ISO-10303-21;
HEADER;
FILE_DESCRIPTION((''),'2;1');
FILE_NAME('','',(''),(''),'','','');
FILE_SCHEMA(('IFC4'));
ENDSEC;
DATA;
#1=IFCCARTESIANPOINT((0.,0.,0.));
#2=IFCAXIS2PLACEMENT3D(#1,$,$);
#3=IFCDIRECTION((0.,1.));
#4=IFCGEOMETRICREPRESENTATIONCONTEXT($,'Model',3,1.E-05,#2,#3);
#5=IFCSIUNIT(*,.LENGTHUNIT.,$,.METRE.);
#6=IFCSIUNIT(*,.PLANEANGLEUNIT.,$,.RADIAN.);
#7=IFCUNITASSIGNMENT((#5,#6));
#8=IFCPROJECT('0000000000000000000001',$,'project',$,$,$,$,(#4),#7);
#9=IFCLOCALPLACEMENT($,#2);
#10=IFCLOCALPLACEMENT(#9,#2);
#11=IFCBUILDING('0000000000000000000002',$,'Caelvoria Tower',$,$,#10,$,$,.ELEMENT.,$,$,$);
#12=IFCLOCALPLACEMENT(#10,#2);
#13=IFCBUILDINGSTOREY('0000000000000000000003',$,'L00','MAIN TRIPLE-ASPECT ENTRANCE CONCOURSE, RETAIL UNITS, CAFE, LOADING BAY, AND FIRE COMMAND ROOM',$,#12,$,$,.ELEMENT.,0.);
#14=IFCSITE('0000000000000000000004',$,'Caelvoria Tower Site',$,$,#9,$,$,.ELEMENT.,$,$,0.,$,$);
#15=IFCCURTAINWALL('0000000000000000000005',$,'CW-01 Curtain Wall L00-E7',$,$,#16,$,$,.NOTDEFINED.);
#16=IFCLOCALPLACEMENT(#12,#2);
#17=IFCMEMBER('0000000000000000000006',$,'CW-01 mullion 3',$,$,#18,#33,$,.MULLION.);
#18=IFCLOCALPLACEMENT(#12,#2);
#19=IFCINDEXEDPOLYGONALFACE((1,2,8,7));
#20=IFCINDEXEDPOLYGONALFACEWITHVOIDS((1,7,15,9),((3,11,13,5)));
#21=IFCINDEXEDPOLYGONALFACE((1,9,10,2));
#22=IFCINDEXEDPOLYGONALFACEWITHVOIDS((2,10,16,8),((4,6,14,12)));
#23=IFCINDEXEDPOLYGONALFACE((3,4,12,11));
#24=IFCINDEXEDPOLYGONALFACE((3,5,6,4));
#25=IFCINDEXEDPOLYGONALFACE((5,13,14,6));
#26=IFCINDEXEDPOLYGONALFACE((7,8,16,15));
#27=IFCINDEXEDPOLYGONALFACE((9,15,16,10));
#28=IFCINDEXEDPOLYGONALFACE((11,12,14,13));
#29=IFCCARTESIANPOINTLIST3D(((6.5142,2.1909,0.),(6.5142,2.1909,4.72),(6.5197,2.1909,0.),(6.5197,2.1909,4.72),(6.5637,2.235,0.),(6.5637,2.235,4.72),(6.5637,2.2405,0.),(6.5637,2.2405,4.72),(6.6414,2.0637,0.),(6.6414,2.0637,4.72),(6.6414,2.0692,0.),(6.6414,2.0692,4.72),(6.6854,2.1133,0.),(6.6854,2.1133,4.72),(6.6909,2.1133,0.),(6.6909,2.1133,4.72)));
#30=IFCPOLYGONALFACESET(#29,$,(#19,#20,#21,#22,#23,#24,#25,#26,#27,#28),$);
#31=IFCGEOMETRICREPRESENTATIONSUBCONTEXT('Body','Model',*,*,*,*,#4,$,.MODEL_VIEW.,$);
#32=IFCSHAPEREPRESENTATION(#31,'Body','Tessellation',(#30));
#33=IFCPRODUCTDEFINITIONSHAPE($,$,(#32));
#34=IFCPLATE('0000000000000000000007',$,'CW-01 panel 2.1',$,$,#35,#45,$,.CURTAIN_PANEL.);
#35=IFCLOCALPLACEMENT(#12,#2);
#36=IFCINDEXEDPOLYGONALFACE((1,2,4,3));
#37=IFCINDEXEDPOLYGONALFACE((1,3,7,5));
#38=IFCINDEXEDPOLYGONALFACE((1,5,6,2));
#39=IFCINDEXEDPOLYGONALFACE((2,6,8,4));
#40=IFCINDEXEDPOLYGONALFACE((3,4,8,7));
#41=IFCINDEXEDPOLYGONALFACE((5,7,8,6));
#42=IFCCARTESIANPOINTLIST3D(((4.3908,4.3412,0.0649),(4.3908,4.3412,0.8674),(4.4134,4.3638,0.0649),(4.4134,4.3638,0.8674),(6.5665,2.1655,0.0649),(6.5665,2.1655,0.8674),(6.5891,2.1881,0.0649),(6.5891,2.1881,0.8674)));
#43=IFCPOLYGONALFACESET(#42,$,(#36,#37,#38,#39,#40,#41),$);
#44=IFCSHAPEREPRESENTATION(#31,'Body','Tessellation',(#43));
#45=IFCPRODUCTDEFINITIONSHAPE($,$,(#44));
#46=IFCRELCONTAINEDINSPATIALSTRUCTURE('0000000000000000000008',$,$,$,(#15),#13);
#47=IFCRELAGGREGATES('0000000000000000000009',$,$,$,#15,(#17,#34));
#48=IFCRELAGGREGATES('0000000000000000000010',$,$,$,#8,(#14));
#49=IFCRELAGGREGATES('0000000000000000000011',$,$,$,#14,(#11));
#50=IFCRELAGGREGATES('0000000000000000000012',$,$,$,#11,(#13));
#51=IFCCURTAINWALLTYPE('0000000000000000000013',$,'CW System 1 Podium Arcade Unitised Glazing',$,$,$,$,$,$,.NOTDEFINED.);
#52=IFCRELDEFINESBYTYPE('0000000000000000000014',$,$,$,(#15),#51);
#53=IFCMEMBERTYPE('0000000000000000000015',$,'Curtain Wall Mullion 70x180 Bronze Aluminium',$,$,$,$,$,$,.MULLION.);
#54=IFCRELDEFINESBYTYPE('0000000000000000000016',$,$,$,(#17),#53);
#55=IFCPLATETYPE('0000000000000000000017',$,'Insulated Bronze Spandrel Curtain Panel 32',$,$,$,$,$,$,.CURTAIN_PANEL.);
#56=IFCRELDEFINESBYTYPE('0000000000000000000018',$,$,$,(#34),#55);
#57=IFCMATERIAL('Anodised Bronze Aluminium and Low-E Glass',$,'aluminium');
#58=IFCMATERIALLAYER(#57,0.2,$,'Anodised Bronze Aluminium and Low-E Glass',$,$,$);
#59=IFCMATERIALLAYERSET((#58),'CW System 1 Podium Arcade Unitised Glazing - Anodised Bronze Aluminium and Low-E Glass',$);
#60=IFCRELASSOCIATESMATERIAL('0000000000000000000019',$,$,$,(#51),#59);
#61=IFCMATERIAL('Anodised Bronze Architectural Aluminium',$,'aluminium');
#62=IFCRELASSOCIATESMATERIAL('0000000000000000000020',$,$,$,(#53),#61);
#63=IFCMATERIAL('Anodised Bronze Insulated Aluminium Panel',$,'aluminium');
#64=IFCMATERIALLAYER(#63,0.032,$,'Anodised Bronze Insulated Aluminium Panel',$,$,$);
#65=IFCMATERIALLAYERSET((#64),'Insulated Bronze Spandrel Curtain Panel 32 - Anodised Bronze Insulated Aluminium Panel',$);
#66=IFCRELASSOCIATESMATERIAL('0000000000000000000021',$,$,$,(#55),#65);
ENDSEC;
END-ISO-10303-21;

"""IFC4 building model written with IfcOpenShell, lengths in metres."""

from ifc_helpers import new_model, si_unit, direction, frame, origin, origin_2d, place, context, subcontext, project, spatial, rectangle, hollow_rectangle, extrude, material, layer, layer_set, material_profile, profile_set, type_object, element, aggregate, save


model = new_model("IFC4")

# Units and contexts
model_context = context("Model", 3, precision=1e-05, world=origin(), true_north=direction((0.0, 1.0)))
body_context = subcontext(model_context, "Body", "Model", "MODEL_VIEW")
ifc_project = project(units=[si_unit("LENGTHUNIT", "METRE"), si_unit("PLANEANGLEUNIT", "RADIAN")], contexts=[model_context])

# Site, building, storey
site_placement = place(None, origin())
site = spatial("IfcSite", under=ifc_project, at=site_placement, Name="Caelvoria Tower Site", CompositionType="ELEMENT", RefElevation=0.0)
building_placement = place(site_placement, origin())
building = spatial("IfcBuilding", under=site, at=building_placement, Name="Caelvoria Tower", CompositionType="ELEMENT")
storey_placement = place(building_placement, origin())
storey = spatial("IfcBuildingStorey", under=building, at=storey_placement, Name="L00", Description="MAIN TRIPLE-ASPECT ENTRANCE CONCOURSE, RETAIL UNITS, CAFE, LOADING BAY, AND FIRE COMMAND ROOM", CompositionType="ELEMENT", Elevation=0.0)

# Curtain wall, member, plate
ifc_material_1 = material(Name="Anodised Bronze Aluminium and Low-E Glass", Category="aluminium")
ifc_layer_1 = layer(ifc_material_1, 0.2, Name="Anodised Bronze Aluminium and Low-E Glass")
ifc_layer_set_1 = layer_set([ifc_layer_1], Name="CW System 1 Podium Arcade Unitised Glazing - Anodised Bronze Aluminium and Low-E Glass")
curtain_wall_type = type_object("IfcCurtainWallType", Name="CW System 1 Podium Arcade Unitised Glazing", PredefinedType="NOTDEFINED", material=ifc_layer_set_1)
curtain_wall_placement = place(storey_placement, origin())
curtain_wall = element("IfcCurtainWall", 1, at=curtain_wall_placement, inside=storey, type_object=curtain_wall_type, Name="CW-01 Curtain Wall L00-E7", PredefinedType="NOTDEFINED")
ifc_material_2 = material(Name="Anodised Bronze Architectural Aluminium", Category="aluminium")
ifc_material_profile = material_profile(ifc_material_2, hollow_rectangle(XDim=0.0701, YDim=0.1799, WallThickness=0.0039, at=origin_2d()), Name="Anodised Bronze Architectural Aluminium")
ifc_profile_set = profile_set([ifc_material_profile], Name="CW_MULL_70X180 - Anodised Bronze Architectural Aluminium")
member_type = type_object("IfcMemberType", Name="Curtain Wall Mullion 70x180 Bronze Aluminium", PredefinedType="MULLION", material=ifc_profile_set)
member_placement = place(storey_placement, frame((6.6025, 2.1521, 0.0), z_axis=(0.0, 0.0, 1.0), x_axis=(0.707107, 0.707107, 0.0)))
member = element("IfcMember", 2, at=member_placement, type_object=member_type, Name="CW-01 mullion 3", PredefinedType="MULLION", context=body_context, shape_type="SweptSolid", body=[
    extrude(hollow_rectangle(XDim=0.0701, YDim=0.1799, WallThickness=0.0039, at=origin_2d()), origin(), (0.0, 0.0, 1.0), 4.72),
])
ifc_material_3 = material(Name="Anodised Bronze Insulated Aluminium Panel", Category="aluminium")
ifc_layer_2 = layer(ifc_material_3, 0.032, Name="Anodised Bronze Insulated Aluminium Panel")
ifc_layer_set_2 = layer_set([ifc_layer_2], Name="Insulated Bronze Spandrel Curtain Panel 32 - Anodised Bronze Insulated Aluminium Panel")
plate_type = type_object("IfcPlateType", Name="Insulated Bronze Spandrel Curtain Panel 32", PredefinedType="CURTAIN_PANEL", material=ifc_layer_set_2)
plate_placement = place(storey_placement, frame((5.49, 3.2646, 0.0649), z_axis=(0.0, 0.0, 1.0), x_axis=(0.707107, -0.707107, 0.0)))
plate = element("IfcPlate", 3, at=plate_placement, type_object=plate_type, Name="CW-01 panel 2.1", PredefinedType="CURTAIN_PANEL", context=body_context, shape_type="SweptSolid", body=[
    extrude(rectangle(XDim=3.0769, YDim=0.032, at=origin_2d()), origin(), (0.0, 0.0, 1.0), 0.8025),
])
aggregate(curtain_wall, [member, plate])

save(model, "model.ifc")
